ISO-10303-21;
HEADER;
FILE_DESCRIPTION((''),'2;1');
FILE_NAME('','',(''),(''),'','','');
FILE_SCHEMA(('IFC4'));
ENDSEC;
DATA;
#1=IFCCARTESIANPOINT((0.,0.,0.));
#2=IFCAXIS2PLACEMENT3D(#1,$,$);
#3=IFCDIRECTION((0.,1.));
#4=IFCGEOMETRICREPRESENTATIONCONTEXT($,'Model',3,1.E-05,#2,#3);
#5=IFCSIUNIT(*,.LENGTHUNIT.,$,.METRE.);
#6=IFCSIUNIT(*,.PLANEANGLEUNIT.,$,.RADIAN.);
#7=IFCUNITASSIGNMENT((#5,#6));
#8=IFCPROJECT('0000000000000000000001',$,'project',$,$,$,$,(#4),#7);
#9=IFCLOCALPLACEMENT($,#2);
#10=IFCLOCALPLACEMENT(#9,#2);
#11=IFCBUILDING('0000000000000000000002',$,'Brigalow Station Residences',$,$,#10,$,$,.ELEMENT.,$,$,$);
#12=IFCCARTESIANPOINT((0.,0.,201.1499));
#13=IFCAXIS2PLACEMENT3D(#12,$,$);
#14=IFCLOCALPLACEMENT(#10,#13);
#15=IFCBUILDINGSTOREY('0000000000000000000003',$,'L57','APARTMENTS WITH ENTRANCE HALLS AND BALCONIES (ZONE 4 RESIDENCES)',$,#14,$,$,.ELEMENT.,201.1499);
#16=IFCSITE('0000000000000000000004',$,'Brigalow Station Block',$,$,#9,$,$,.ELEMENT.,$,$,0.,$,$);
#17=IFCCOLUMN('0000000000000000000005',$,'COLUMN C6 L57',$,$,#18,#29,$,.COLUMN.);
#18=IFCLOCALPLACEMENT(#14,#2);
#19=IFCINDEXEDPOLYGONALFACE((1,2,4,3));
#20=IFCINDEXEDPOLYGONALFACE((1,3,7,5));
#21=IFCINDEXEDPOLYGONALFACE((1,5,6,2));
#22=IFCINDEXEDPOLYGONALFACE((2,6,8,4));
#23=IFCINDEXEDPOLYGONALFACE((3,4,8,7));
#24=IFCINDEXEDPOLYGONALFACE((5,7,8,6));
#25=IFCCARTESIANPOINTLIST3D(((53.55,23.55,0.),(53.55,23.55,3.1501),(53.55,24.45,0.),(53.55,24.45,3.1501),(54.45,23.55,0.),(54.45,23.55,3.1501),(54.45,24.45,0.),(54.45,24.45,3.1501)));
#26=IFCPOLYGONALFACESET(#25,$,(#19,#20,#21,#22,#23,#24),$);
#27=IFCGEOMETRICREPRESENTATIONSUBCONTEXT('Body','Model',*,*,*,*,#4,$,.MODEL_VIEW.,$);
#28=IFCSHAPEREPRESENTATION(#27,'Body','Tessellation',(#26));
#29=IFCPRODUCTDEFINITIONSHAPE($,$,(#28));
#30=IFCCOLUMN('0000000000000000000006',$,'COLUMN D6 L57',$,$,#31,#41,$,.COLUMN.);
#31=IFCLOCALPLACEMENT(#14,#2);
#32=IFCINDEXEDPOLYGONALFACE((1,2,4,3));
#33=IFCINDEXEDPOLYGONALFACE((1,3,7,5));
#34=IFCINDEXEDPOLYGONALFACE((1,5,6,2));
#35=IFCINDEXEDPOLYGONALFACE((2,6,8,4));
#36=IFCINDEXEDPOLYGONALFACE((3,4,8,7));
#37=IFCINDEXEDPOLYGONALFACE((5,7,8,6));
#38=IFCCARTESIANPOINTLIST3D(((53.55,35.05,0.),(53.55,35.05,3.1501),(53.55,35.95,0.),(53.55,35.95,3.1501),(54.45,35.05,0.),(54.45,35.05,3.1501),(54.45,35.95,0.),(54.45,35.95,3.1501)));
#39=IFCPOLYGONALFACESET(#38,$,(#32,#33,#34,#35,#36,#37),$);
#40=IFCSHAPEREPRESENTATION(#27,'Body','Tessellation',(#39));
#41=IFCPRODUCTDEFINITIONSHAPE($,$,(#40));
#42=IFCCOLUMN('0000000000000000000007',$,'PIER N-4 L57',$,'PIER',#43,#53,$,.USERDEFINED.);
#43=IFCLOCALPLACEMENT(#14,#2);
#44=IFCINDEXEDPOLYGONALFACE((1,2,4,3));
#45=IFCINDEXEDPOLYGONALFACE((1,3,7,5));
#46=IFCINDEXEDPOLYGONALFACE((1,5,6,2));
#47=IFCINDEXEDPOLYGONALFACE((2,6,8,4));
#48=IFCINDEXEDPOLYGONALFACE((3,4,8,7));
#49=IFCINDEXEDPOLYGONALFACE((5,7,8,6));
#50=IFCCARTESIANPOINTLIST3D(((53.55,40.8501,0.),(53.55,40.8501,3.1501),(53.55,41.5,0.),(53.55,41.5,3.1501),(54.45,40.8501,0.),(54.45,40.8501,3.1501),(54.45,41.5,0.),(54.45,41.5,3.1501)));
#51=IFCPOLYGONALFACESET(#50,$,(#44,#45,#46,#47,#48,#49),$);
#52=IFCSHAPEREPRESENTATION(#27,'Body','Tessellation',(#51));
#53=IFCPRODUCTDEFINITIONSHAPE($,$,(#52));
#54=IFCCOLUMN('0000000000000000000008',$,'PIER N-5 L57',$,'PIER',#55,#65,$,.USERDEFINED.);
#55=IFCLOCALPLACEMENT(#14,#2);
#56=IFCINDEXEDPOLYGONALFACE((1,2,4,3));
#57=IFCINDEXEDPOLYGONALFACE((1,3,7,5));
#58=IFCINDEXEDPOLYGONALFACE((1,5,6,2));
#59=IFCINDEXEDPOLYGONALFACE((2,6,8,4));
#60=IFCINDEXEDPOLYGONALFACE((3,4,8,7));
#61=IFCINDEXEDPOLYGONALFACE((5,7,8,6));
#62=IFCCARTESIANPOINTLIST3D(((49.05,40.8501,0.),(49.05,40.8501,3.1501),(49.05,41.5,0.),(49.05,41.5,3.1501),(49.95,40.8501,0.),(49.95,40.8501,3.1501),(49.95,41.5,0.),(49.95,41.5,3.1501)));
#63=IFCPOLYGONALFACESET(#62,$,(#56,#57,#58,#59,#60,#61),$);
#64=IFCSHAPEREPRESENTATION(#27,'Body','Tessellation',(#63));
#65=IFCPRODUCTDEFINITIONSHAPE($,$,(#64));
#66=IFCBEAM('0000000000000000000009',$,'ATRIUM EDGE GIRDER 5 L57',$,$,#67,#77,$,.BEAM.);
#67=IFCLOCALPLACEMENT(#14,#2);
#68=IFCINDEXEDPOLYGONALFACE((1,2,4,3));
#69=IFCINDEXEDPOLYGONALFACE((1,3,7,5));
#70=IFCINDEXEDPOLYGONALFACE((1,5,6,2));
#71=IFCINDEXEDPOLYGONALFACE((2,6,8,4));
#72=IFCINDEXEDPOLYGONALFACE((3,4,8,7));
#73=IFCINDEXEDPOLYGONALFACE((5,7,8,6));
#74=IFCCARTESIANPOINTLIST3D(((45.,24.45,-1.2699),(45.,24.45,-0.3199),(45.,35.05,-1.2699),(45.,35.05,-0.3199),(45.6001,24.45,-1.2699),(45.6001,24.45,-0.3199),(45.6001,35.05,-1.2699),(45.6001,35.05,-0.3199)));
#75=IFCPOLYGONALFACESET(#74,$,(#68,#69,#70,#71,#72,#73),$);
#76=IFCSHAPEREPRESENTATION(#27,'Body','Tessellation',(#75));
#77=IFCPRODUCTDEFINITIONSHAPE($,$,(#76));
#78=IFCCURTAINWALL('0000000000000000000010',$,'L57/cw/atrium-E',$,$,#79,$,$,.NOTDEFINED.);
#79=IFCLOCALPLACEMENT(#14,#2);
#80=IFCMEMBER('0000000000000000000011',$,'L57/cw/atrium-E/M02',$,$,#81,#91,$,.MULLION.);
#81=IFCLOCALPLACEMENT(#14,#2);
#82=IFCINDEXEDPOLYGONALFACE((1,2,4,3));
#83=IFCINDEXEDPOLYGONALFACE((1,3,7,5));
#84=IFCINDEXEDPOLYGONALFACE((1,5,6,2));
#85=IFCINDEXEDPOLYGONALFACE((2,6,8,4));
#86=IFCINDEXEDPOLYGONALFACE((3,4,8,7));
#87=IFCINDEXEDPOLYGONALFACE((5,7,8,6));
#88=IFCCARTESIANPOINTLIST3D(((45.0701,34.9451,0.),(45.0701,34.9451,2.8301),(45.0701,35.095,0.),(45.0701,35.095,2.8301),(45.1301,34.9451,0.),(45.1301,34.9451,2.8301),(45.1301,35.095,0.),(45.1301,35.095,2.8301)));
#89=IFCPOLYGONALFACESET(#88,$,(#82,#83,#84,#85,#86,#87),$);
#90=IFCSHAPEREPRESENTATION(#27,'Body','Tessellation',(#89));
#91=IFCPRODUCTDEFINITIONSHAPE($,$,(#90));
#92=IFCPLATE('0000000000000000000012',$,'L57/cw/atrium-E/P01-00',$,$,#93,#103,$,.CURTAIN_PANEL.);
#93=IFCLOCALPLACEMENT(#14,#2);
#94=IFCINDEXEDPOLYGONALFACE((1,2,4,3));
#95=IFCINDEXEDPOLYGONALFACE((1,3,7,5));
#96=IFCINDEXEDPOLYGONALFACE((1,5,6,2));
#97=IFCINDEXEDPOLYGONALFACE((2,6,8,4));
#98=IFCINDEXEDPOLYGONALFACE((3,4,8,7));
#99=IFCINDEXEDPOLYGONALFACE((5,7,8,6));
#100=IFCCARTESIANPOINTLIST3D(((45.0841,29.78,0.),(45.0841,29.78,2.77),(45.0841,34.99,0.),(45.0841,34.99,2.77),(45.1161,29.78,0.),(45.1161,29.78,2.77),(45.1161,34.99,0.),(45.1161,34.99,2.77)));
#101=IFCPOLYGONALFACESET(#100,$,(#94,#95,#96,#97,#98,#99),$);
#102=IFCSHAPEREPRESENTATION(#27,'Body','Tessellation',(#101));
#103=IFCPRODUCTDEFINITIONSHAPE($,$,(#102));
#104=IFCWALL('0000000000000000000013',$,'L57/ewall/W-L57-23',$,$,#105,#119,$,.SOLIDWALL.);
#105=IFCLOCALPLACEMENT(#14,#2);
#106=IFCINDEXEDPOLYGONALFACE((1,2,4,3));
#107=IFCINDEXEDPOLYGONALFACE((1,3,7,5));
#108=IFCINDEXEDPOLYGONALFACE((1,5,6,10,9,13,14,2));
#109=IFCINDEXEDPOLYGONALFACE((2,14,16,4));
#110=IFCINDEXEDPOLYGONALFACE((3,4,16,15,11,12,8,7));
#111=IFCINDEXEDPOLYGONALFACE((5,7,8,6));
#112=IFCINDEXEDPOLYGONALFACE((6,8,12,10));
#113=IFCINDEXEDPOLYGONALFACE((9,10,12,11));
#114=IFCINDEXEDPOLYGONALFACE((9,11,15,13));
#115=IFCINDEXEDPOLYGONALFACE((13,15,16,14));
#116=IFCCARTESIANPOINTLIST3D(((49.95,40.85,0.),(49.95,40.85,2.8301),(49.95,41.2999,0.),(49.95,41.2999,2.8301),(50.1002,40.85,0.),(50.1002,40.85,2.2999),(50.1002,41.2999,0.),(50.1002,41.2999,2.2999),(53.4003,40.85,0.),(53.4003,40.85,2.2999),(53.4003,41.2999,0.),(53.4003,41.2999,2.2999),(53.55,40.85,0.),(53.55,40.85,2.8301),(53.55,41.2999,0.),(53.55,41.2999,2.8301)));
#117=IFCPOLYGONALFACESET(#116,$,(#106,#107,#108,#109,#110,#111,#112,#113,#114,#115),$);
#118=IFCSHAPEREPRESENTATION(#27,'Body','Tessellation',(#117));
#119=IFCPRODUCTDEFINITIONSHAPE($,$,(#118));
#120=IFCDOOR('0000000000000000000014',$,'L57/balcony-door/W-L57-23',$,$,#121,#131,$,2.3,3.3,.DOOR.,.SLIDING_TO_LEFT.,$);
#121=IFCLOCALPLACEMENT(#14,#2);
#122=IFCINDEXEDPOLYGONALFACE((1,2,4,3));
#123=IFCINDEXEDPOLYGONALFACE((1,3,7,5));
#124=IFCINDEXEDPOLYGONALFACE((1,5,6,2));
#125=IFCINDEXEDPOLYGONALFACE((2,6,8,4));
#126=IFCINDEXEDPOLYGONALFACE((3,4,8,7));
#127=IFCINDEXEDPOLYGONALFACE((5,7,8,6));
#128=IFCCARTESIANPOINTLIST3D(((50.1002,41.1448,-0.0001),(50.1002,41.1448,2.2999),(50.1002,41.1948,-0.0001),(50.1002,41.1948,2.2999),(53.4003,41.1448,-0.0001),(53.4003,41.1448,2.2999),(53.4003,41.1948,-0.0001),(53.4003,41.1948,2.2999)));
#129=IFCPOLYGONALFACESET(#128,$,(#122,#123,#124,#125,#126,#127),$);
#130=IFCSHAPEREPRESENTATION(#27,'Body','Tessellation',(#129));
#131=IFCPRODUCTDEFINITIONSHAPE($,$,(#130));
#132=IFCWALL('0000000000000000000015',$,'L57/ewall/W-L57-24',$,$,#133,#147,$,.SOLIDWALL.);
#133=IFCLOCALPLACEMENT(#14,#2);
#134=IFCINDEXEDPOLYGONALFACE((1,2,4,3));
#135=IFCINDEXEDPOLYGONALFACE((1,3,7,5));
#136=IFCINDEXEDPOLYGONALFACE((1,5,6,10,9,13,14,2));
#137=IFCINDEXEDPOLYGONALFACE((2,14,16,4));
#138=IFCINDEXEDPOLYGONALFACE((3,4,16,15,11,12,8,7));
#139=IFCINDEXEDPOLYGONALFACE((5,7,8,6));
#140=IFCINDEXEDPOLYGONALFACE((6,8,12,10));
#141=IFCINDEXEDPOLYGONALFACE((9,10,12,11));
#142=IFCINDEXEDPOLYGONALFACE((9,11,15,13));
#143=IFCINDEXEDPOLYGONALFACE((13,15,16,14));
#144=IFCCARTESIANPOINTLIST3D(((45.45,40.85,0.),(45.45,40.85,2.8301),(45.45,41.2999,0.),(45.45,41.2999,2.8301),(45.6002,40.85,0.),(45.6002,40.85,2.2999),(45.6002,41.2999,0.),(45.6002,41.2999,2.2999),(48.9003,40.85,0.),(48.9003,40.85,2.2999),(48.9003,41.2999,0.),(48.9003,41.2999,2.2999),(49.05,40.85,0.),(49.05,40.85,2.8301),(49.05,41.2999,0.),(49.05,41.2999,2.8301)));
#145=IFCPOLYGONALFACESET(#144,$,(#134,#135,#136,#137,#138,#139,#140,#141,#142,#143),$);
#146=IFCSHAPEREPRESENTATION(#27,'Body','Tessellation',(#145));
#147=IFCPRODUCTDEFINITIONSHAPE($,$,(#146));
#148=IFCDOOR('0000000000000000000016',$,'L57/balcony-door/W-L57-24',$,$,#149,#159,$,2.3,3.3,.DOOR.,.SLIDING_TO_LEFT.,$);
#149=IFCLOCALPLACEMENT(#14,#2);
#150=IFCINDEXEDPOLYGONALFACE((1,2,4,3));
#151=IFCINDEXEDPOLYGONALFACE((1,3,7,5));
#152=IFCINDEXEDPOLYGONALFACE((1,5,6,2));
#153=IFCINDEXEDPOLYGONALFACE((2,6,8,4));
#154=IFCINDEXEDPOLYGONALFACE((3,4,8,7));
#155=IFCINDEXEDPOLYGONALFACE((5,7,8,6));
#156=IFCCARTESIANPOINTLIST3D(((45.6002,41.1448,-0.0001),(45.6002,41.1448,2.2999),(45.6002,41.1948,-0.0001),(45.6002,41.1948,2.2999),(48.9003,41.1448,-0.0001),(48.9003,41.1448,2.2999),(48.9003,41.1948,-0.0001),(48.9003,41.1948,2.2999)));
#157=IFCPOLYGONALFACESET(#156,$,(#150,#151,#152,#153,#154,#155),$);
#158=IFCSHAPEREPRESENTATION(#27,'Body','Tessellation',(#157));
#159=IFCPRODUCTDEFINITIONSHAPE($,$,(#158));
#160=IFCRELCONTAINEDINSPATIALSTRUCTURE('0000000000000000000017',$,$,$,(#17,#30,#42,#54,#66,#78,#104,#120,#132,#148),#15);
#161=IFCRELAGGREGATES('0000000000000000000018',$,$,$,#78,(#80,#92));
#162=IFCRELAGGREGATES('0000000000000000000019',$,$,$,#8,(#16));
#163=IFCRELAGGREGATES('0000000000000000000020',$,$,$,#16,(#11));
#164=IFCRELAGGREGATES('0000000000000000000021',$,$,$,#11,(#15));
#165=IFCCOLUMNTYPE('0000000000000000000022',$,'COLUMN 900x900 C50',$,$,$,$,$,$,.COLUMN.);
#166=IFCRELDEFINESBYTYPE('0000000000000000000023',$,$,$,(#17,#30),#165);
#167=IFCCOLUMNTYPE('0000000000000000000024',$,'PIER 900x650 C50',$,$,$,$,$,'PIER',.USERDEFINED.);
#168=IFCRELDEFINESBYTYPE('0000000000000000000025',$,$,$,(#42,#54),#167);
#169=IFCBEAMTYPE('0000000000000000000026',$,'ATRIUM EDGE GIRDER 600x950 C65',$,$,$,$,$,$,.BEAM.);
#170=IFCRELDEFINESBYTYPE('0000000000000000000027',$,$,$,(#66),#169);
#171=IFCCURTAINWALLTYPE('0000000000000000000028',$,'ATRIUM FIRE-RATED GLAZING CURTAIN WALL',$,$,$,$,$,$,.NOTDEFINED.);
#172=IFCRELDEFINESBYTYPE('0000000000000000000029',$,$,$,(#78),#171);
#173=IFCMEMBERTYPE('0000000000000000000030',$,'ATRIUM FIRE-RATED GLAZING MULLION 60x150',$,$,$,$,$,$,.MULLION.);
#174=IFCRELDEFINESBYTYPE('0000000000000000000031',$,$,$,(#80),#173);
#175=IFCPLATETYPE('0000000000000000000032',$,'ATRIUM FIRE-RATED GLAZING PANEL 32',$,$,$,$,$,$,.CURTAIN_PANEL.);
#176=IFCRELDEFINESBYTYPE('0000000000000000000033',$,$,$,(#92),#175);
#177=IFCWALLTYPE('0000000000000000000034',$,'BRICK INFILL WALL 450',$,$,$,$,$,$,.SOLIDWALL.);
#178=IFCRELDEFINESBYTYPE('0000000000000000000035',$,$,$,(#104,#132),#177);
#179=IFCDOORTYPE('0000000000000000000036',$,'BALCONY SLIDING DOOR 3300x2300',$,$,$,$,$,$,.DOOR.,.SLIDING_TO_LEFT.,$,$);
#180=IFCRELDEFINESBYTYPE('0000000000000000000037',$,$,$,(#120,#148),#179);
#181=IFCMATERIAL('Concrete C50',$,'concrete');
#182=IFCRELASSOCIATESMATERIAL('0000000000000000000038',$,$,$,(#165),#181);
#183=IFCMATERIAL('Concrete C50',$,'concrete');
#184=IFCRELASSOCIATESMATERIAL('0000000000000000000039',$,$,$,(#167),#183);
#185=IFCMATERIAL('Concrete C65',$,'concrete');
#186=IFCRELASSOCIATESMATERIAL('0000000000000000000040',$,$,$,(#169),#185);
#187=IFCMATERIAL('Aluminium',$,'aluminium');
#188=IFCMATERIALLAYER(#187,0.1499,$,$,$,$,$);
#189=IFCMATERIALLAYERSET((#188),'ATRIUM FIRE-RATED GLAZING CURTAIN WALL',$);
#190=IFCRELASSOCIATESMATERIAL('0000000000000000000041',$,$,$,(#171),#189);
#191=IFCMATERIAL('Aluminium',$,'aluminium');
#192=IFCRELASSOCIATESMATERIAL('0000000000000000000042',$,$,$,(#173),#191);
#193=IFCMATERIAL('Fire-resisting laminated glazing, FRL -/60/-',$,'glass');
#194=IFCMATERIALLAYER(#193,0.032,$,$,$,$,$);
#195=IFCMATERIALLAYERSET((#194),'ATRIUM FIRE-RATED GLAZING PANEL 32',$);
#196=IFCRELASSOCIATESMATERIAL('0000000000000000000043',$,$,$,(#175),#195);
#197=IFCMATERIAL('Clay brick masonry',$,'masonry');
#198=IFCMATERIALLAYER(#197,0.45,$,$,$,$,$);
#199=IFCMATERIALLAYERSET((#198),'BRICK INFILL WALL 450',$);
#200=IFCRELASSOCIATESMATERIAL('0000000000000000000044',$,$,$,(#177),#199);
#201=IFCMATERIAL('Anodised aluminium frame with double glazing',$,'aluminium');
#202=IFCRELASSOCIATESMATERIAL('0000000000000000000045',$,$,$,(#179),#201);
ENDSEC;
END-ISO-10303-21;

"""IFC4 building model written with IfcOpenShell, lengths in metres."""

from ifc_helpers import new_model, si_unit, direction, frame, frame_2d, origin, origin_2d, place, context, subcontext, project, spatial, rectangle, extrude, material, layer, layer_set, material_profile, profile_set, type_object, element, fill, aggregate, save


model = new_model("IFC4")

# Units and contexts
model_context = context("Model", 3, precision=1e-05, world=origin(), true_north=direction((0.0, 1.0)))
body_context = subcontext(model_context, "Body", "Model", "MODEL_VIEW")
ifc_project = project(units=[si_unit("LENGTHUNIT", "METRE"), si_unit("PLANEANGLEUNIT", "RADIAN")], contexts=[model_context])

# Site, building, storey
site_placement = place(None, origin())
site = spatial("IfcSite", under=ifc_project, at=site_placement, Name="Brigalow Station Block", CompositionType="ELEMENT", RefElevation=0.0)
building_placement = place(site_placement, origin())
building = spatial("IfcBuilding", under=site, at=building_placement, Name="Brigalow Station Residences", CompositionType="ELEMENT")
storey_placement = place(building_placement, frame((0.0, 0.0, 201.1499)))
storey = spatial("IfcBuildingStorey", under=building, at=storey_placement, Name="L57", Description="APARTMENTS WITH ENTRANCE HALLS AND BALCONIES (ZONE 4 RESIDENCES)", CompositionType="ELEMENT", Elevation=201.1499)

# Columns
ifc_material_1 = material(Name="Concrete C50", Category="concrete")
ifc_material_profile_1 = material_profile(ifc_material_1, rectangle(XDim=0.8999, YDim=0.8999, at=origin_2d()), Name="RC900x900")
ifc_profile_set_1 = profile_set([ifc_material_profile_1], Name="Concrete C50")
column_type_1 = type_object("IfcColumnType", Name="COLUMN 900x900 C50", PredefinedType="COLUMN", material=ifc_profile_set_1)
for number, where, z_axis, x_axis, name in (
    (1, (54.0, 24.0, 0.0), (0.0, 0.0, 1.0), (1.0, 0.0, 0.0), "COLUMN C6 L57"),
    (2, (54.0, 35.5, 0.0), (0.0, 0.0, 1.0), (1.0, 0.0, 0.0), "COLUMN D6 L57"),
):
    element("IfcColumn", number, at=place(storey_placement, frame(where, z_axis=z_axis, x_axis=x_axis)), inside=storey, type_object=column_type_1, Name=name, PredefinedType="COLUMN", context=body_context, shape_type="SweptSolid", body=[
        extrude(rectangle(XDim=0.8999, YDim=0.8999, at=origin_2d()), origin(), (0.0, 0.0, 1.0), 3.1501),
    ])
ifc_material_2 = material(Name="Concrete C50", Category="concrete")
ifc_material_profile_2 = material_profile(ifc_material_2, rectangle(XDim=0.8999, YDim=0.6499, at=origin_2d()), Name="RC900x650")
ifc_profile_set_2 = profile_set([ifc_material_profile_2], Name="Concrete C50")
column_type_2 = type_object("IfcColumnType", Name="PIER 900x650 C50", ElementType="PIER", PredefinedType="USERDEFINED", material=ifc_profile_set_2)
for number, where, z_axis, x_axis, name in (
    (3, (54.0, 41.175, 0.0), (0.0, 0.0, 1.0), (-1.0, 0.0, 0.0), "PIER N-4 L57"),
    (4, (49.5, 41.175, 0.0), (0.0, 0.0, 1.0), (-1.0, 0.0, 0.0), "PIER N-5 L57"),
):
    element("IfcColumn", number, at=place(storey_placement, frame(where, z_axis=z_axis, x_axis=x_axis)), inside=storey, type_object=column_type_2, Name=name, ObjectType="PIER", PredefinedType="USERDEFINED", context=body_context, shape_type="SweptSolid", body=[
        extrude(rectangle(XDim=0.8999, YDim=0.6499, at=origin_2d()), origin(), (0.0, 0.0, 1.0), 3.1501),
    ])

# Beam
ifc_material_3 = material(Name="Concrete C65", Category="concrete")
ifc_material_profile_3 = material_profile(ifc_material_3, rectangle(XDim=0.6001, YDim=0.95, at=origin_2d()), Name="RC600x950")
ifc_profile_set_3 = profile_set([ifc_material_profile_3], Name="Concrete C65")
beam_type = type_object("IfcBeamType", Name="ATRIUM EDGE GIRDER 600x950 C65", PredefinedType="BEAM", material=ifc_profile_set_3)
beam_placement = place(storey_placement, frame((45.3, 24.45, -0.7949), z_axis=(0.0, 1.0, 0.0), x_axis=(-1.0, 0.0, 0.0)))
element("IfcBeam", 5, at=beam_placement, inside=storey, type_object=beam_type, Name="ATRIUM EDGE GIRDER 5 L57", PredefinedType="BEAM", context=body_context, shape_type="SweptSolid", body=[
    extrude(rectangle(XDim=0.6001, YDim=0.95, at=origin_2d()), origin(), (0.0, 0.0, 1.0), 10.6001),
])

# Curtain wall, member, plate
ifc_material_4 = material(Name="Aluminium", Category="aluminium")
ifc_layer_1 = layer(ifc_material_4, 0.1499)
ifc_layer_set_1 = layer_set([ifc_layer_1], Name="ATRIUM FIRE-RATED GLAZING CURTAIN WALL")
curtain_wall_type = type_object("IfcCurtainWallType", Name="ATRIUM FIRE-RATED GLAZING CURTAIN WALL", PredefinedType="NOTDEFINED", material=ifc_layer_set_1)
curtain_wall_placement = place(storey_placement, origin())
curtain_wall = element("IfcCurtainWall", 6, at=curtain_wall_placement, inside=storey, type_object=curtain_wall_type, Name="L57/cw/atrium-E", PredefinedType="NOTDEFINED")
ifc_material_5 = material(Name="Aluminium", Category="aluminium")
ifc_material_profile_4 = material_profile(ifc_material_5, rectangle(XDim=0.0601, YDim=0.1499, at=origin_2d()), Name="ATRIUM FIRE-RATED GLAZING MULLION 60x150")
ifc_profile_set_4 = profile_set([ifc_material_profile_4], Name="Aluminium")
member_type = type_object("IfcMemberType", Name="ATRIUM FIRE-RATED GLAZING MULLION 60x150", PredefinedType="MULLION", material=ifc_profile_set_4)
member_placement = place(storey_placement, frame((45.1001, 35.02, 0.0), z_axis=(0.0, 0.0, 1.0), x_axis=(-1.0, 0.0, 0.0)))
member = element("IfcMember", 7, at=member_placement, type_object=member_type, Name="L57/cw/atrium-E/M02", PredefinedType="MULLION", context=body_context, shape_type="SweptSolid", body=[
    extrude(rectangle(XDim=0.0601, YDim=0.1499, at=origin_2d()), origin(), (0.0, 0.0, 1.0), 2.8301),
])
ifc_material_6 = material(Name="Fire-resisting laminated glazing, FRL -/60/-", Category="glass")
ifc_layer_2 = layer(ifc_material_6, 0.032)
ifc_layer_set_2 = layer_set([ifc_layer_2], Name="ATRIUM FIRE-RATED GLAZING PANEL 32")
plate_type = type_object("IfcPlateType", Name="ATRIUM FIRE-RATED GLAZING PANEL 32", PredefinedType="CURTAIN_PANEL", material=ifc_layer_set_2)
plate_placement = place(storey_placement, frame((45.1001, 32.385, 0.0), z_axis=(0.0, 0.0, 1.0), x_axis=(0.0, 1.0, 0.0)))
plate = element("IfcPlate", 8, at=plate_placement, type_object=plate_type, Name="L57/cw/atrium-E/P01-00", PredefinedType="CURTAIN_PANEL", context=body_context, shape_type="SweptSolid", body=[
    extrude(rectangle(XDim=5.21, YDim=0.032, at=origin_2d()), origin(), (0.0, 0.0, 1.0), 2.77),
])
aggregate(curtain_wall, [member, plate])

# Walls, openings, doors
ifc_material_7 = material(Name="Clay brick masonry", Category="masonry")
ifc_layer_3 = layer(ifc_material_7, 0.45)
ifc_layer_set_3 = layer_set([ifc_layer_3], Name="BRICK INFILL WALL 450")
wall_type_1 = type_object("IfcWallType", Name="BRICK INFILL WALL 450", PredefinedType="SOLIDWALL", material=ifc_layer_set_3)
wall_1_placement = place(storey_placement, frame((53.55, 41.075, 0.0), z_axis=(0.0, 0.0, 1.0), x_axis=(-1.0, 0.0, 0.0)))
wall_1 = element("IfcWall", 9, at=wall_1_placement, inside=storey, type_object=wall_type_1, Name="L57/ewall/W-L57-23", PredefinedType="SOLIDWALL", context=body_context, shape_type="SweptSolid", body=[
    extrude(rectangle(XDim=3.6001, YDim=0.45, at=frame_2d((1.8, 0.0))), origin(), (0.0, 0.0, 1.0), 2.8301),
])
opening_1_placement = place(wall_1_placement, frame((0.1499, 0.0, 0.0)))
opening_1 = element("IfcOpeningElement", 10, at=opening_1_placement, cuts=wall_1, PredefinedType="OPENING", context=body_context, shape_type="SweptSolid", body=[
    extrude(rectangle(XDim=3.3, YDim=2.3, at=frame_2d((1.6499, 1.1499))), frame((0.0, 0.2349, 0.0), z_axis=(0.0, -1.0, 0.0), x_axis=(1.0, 0.0, 0.0)), (0.0, 0.0, 1.0), 0.47),
])
ifc_material_8 = material(Name="Anodised aluminium frame with double glazing", Category="aluminium")
door_type_1 = type_object("IfcDoorType", Name="BALCONY SLIDING DOOR 3300x2300", OperationType="SLIDING_TO_LEFT", PredefinedType="DOOR", material=ifc_material_8)
door_1_placement = place(opening_1_placement, origin())
door_1 = element("IfcDoor", 11, at=door_1_placement, inside=storey, type_object=door_type_1, Name="L57/balcony-door/W-L57-23", OperationType="SLIDING_TO_LEFT", OverallHeight=2.3, OverallWidth=3.3, PredefinedType="DOOR", context=body_context, shape_type="SweptSolid", body=[
    extrude(rectangle(XDim=3.3, YDim=2.3, at=frame_2d((1.6499, 1.1499))), frame((0.0, -0.0698, 0.0), z_axis=(0.0, -1.0, 0.0), x_axis=(1.0, 0.0, 0.0)), (0.0, 0.0, 1.0), 0.05),
])
fill(opening_1, door_1)
wall_2_placement = place(storey_placement, frame((49.05, 41.075, 0.0), z_axis=(0.0, 0.0, 1.0), x_axis=(-1.0, 0.0, 0.0)))
wall_2 = element("IfcWall", 12, at=wall_2_placement, inside=storey, type_object=wall_type_1, Name="L57/ewall/W-L57-24", PredefinedType="SOLIDWALL", context=body_context, shape_type="SweptSolid", body=[
    extrude(rectangle(XDim=3.6001, YDim=0.45, at=frame_2d((1.8, 0.0))), origin(), (0.0, 0.0, 1.0), 2.8301),
])
opening_2_placement = place(wall_2_placement, frame((0.1499, 0.0, 0.0)))
opening_2 = element("IfcOpeningElement", 13, at=opening_2_placement, cuts=wall_2, PredefinedType="OPENING", context=body_context, shape_type="SweptSolid", body=[
    extrude(rectangle(XDim=3.3, YDim=2.3, at=frame_2d((1.6499, 1.1499))), frame((0.0, 0.2349, 0.0), z_axis=(0.0, -1.0, 0.0), x_axis=(1.0, 0.0, 0.0)), (0.0, 0.0, 1.0), 0.47),
])
door_2_placement = place(opening_2_placement, origin())
door_2 = element("IfcDoor", 14, at=door_2_placement, inside=storey, type_object=door_type_1, Name="L57/balcony-door/W-L57-24", OperationType="SLIDING_TO_LEFT", OverallHeight=2.3, OverallWidth=3.3, PredefinedType="DOOR", context=body_context, shape_type="SweptSolid", body=[
    extrude(rectangle(XDim=3.3, YDim=2.3, at=frame_2d((1.6499, 1.1499))), frame((0.0, -0.0698, 0.0), z_axis=(0.0, -1.0, 0.0), x_axis=(1.0, 0.0, 0.0)), (0.0, 0.0, 1.0), 0.05),
])
fill(opening_2, door_2)

save(model, "model.ifc")
